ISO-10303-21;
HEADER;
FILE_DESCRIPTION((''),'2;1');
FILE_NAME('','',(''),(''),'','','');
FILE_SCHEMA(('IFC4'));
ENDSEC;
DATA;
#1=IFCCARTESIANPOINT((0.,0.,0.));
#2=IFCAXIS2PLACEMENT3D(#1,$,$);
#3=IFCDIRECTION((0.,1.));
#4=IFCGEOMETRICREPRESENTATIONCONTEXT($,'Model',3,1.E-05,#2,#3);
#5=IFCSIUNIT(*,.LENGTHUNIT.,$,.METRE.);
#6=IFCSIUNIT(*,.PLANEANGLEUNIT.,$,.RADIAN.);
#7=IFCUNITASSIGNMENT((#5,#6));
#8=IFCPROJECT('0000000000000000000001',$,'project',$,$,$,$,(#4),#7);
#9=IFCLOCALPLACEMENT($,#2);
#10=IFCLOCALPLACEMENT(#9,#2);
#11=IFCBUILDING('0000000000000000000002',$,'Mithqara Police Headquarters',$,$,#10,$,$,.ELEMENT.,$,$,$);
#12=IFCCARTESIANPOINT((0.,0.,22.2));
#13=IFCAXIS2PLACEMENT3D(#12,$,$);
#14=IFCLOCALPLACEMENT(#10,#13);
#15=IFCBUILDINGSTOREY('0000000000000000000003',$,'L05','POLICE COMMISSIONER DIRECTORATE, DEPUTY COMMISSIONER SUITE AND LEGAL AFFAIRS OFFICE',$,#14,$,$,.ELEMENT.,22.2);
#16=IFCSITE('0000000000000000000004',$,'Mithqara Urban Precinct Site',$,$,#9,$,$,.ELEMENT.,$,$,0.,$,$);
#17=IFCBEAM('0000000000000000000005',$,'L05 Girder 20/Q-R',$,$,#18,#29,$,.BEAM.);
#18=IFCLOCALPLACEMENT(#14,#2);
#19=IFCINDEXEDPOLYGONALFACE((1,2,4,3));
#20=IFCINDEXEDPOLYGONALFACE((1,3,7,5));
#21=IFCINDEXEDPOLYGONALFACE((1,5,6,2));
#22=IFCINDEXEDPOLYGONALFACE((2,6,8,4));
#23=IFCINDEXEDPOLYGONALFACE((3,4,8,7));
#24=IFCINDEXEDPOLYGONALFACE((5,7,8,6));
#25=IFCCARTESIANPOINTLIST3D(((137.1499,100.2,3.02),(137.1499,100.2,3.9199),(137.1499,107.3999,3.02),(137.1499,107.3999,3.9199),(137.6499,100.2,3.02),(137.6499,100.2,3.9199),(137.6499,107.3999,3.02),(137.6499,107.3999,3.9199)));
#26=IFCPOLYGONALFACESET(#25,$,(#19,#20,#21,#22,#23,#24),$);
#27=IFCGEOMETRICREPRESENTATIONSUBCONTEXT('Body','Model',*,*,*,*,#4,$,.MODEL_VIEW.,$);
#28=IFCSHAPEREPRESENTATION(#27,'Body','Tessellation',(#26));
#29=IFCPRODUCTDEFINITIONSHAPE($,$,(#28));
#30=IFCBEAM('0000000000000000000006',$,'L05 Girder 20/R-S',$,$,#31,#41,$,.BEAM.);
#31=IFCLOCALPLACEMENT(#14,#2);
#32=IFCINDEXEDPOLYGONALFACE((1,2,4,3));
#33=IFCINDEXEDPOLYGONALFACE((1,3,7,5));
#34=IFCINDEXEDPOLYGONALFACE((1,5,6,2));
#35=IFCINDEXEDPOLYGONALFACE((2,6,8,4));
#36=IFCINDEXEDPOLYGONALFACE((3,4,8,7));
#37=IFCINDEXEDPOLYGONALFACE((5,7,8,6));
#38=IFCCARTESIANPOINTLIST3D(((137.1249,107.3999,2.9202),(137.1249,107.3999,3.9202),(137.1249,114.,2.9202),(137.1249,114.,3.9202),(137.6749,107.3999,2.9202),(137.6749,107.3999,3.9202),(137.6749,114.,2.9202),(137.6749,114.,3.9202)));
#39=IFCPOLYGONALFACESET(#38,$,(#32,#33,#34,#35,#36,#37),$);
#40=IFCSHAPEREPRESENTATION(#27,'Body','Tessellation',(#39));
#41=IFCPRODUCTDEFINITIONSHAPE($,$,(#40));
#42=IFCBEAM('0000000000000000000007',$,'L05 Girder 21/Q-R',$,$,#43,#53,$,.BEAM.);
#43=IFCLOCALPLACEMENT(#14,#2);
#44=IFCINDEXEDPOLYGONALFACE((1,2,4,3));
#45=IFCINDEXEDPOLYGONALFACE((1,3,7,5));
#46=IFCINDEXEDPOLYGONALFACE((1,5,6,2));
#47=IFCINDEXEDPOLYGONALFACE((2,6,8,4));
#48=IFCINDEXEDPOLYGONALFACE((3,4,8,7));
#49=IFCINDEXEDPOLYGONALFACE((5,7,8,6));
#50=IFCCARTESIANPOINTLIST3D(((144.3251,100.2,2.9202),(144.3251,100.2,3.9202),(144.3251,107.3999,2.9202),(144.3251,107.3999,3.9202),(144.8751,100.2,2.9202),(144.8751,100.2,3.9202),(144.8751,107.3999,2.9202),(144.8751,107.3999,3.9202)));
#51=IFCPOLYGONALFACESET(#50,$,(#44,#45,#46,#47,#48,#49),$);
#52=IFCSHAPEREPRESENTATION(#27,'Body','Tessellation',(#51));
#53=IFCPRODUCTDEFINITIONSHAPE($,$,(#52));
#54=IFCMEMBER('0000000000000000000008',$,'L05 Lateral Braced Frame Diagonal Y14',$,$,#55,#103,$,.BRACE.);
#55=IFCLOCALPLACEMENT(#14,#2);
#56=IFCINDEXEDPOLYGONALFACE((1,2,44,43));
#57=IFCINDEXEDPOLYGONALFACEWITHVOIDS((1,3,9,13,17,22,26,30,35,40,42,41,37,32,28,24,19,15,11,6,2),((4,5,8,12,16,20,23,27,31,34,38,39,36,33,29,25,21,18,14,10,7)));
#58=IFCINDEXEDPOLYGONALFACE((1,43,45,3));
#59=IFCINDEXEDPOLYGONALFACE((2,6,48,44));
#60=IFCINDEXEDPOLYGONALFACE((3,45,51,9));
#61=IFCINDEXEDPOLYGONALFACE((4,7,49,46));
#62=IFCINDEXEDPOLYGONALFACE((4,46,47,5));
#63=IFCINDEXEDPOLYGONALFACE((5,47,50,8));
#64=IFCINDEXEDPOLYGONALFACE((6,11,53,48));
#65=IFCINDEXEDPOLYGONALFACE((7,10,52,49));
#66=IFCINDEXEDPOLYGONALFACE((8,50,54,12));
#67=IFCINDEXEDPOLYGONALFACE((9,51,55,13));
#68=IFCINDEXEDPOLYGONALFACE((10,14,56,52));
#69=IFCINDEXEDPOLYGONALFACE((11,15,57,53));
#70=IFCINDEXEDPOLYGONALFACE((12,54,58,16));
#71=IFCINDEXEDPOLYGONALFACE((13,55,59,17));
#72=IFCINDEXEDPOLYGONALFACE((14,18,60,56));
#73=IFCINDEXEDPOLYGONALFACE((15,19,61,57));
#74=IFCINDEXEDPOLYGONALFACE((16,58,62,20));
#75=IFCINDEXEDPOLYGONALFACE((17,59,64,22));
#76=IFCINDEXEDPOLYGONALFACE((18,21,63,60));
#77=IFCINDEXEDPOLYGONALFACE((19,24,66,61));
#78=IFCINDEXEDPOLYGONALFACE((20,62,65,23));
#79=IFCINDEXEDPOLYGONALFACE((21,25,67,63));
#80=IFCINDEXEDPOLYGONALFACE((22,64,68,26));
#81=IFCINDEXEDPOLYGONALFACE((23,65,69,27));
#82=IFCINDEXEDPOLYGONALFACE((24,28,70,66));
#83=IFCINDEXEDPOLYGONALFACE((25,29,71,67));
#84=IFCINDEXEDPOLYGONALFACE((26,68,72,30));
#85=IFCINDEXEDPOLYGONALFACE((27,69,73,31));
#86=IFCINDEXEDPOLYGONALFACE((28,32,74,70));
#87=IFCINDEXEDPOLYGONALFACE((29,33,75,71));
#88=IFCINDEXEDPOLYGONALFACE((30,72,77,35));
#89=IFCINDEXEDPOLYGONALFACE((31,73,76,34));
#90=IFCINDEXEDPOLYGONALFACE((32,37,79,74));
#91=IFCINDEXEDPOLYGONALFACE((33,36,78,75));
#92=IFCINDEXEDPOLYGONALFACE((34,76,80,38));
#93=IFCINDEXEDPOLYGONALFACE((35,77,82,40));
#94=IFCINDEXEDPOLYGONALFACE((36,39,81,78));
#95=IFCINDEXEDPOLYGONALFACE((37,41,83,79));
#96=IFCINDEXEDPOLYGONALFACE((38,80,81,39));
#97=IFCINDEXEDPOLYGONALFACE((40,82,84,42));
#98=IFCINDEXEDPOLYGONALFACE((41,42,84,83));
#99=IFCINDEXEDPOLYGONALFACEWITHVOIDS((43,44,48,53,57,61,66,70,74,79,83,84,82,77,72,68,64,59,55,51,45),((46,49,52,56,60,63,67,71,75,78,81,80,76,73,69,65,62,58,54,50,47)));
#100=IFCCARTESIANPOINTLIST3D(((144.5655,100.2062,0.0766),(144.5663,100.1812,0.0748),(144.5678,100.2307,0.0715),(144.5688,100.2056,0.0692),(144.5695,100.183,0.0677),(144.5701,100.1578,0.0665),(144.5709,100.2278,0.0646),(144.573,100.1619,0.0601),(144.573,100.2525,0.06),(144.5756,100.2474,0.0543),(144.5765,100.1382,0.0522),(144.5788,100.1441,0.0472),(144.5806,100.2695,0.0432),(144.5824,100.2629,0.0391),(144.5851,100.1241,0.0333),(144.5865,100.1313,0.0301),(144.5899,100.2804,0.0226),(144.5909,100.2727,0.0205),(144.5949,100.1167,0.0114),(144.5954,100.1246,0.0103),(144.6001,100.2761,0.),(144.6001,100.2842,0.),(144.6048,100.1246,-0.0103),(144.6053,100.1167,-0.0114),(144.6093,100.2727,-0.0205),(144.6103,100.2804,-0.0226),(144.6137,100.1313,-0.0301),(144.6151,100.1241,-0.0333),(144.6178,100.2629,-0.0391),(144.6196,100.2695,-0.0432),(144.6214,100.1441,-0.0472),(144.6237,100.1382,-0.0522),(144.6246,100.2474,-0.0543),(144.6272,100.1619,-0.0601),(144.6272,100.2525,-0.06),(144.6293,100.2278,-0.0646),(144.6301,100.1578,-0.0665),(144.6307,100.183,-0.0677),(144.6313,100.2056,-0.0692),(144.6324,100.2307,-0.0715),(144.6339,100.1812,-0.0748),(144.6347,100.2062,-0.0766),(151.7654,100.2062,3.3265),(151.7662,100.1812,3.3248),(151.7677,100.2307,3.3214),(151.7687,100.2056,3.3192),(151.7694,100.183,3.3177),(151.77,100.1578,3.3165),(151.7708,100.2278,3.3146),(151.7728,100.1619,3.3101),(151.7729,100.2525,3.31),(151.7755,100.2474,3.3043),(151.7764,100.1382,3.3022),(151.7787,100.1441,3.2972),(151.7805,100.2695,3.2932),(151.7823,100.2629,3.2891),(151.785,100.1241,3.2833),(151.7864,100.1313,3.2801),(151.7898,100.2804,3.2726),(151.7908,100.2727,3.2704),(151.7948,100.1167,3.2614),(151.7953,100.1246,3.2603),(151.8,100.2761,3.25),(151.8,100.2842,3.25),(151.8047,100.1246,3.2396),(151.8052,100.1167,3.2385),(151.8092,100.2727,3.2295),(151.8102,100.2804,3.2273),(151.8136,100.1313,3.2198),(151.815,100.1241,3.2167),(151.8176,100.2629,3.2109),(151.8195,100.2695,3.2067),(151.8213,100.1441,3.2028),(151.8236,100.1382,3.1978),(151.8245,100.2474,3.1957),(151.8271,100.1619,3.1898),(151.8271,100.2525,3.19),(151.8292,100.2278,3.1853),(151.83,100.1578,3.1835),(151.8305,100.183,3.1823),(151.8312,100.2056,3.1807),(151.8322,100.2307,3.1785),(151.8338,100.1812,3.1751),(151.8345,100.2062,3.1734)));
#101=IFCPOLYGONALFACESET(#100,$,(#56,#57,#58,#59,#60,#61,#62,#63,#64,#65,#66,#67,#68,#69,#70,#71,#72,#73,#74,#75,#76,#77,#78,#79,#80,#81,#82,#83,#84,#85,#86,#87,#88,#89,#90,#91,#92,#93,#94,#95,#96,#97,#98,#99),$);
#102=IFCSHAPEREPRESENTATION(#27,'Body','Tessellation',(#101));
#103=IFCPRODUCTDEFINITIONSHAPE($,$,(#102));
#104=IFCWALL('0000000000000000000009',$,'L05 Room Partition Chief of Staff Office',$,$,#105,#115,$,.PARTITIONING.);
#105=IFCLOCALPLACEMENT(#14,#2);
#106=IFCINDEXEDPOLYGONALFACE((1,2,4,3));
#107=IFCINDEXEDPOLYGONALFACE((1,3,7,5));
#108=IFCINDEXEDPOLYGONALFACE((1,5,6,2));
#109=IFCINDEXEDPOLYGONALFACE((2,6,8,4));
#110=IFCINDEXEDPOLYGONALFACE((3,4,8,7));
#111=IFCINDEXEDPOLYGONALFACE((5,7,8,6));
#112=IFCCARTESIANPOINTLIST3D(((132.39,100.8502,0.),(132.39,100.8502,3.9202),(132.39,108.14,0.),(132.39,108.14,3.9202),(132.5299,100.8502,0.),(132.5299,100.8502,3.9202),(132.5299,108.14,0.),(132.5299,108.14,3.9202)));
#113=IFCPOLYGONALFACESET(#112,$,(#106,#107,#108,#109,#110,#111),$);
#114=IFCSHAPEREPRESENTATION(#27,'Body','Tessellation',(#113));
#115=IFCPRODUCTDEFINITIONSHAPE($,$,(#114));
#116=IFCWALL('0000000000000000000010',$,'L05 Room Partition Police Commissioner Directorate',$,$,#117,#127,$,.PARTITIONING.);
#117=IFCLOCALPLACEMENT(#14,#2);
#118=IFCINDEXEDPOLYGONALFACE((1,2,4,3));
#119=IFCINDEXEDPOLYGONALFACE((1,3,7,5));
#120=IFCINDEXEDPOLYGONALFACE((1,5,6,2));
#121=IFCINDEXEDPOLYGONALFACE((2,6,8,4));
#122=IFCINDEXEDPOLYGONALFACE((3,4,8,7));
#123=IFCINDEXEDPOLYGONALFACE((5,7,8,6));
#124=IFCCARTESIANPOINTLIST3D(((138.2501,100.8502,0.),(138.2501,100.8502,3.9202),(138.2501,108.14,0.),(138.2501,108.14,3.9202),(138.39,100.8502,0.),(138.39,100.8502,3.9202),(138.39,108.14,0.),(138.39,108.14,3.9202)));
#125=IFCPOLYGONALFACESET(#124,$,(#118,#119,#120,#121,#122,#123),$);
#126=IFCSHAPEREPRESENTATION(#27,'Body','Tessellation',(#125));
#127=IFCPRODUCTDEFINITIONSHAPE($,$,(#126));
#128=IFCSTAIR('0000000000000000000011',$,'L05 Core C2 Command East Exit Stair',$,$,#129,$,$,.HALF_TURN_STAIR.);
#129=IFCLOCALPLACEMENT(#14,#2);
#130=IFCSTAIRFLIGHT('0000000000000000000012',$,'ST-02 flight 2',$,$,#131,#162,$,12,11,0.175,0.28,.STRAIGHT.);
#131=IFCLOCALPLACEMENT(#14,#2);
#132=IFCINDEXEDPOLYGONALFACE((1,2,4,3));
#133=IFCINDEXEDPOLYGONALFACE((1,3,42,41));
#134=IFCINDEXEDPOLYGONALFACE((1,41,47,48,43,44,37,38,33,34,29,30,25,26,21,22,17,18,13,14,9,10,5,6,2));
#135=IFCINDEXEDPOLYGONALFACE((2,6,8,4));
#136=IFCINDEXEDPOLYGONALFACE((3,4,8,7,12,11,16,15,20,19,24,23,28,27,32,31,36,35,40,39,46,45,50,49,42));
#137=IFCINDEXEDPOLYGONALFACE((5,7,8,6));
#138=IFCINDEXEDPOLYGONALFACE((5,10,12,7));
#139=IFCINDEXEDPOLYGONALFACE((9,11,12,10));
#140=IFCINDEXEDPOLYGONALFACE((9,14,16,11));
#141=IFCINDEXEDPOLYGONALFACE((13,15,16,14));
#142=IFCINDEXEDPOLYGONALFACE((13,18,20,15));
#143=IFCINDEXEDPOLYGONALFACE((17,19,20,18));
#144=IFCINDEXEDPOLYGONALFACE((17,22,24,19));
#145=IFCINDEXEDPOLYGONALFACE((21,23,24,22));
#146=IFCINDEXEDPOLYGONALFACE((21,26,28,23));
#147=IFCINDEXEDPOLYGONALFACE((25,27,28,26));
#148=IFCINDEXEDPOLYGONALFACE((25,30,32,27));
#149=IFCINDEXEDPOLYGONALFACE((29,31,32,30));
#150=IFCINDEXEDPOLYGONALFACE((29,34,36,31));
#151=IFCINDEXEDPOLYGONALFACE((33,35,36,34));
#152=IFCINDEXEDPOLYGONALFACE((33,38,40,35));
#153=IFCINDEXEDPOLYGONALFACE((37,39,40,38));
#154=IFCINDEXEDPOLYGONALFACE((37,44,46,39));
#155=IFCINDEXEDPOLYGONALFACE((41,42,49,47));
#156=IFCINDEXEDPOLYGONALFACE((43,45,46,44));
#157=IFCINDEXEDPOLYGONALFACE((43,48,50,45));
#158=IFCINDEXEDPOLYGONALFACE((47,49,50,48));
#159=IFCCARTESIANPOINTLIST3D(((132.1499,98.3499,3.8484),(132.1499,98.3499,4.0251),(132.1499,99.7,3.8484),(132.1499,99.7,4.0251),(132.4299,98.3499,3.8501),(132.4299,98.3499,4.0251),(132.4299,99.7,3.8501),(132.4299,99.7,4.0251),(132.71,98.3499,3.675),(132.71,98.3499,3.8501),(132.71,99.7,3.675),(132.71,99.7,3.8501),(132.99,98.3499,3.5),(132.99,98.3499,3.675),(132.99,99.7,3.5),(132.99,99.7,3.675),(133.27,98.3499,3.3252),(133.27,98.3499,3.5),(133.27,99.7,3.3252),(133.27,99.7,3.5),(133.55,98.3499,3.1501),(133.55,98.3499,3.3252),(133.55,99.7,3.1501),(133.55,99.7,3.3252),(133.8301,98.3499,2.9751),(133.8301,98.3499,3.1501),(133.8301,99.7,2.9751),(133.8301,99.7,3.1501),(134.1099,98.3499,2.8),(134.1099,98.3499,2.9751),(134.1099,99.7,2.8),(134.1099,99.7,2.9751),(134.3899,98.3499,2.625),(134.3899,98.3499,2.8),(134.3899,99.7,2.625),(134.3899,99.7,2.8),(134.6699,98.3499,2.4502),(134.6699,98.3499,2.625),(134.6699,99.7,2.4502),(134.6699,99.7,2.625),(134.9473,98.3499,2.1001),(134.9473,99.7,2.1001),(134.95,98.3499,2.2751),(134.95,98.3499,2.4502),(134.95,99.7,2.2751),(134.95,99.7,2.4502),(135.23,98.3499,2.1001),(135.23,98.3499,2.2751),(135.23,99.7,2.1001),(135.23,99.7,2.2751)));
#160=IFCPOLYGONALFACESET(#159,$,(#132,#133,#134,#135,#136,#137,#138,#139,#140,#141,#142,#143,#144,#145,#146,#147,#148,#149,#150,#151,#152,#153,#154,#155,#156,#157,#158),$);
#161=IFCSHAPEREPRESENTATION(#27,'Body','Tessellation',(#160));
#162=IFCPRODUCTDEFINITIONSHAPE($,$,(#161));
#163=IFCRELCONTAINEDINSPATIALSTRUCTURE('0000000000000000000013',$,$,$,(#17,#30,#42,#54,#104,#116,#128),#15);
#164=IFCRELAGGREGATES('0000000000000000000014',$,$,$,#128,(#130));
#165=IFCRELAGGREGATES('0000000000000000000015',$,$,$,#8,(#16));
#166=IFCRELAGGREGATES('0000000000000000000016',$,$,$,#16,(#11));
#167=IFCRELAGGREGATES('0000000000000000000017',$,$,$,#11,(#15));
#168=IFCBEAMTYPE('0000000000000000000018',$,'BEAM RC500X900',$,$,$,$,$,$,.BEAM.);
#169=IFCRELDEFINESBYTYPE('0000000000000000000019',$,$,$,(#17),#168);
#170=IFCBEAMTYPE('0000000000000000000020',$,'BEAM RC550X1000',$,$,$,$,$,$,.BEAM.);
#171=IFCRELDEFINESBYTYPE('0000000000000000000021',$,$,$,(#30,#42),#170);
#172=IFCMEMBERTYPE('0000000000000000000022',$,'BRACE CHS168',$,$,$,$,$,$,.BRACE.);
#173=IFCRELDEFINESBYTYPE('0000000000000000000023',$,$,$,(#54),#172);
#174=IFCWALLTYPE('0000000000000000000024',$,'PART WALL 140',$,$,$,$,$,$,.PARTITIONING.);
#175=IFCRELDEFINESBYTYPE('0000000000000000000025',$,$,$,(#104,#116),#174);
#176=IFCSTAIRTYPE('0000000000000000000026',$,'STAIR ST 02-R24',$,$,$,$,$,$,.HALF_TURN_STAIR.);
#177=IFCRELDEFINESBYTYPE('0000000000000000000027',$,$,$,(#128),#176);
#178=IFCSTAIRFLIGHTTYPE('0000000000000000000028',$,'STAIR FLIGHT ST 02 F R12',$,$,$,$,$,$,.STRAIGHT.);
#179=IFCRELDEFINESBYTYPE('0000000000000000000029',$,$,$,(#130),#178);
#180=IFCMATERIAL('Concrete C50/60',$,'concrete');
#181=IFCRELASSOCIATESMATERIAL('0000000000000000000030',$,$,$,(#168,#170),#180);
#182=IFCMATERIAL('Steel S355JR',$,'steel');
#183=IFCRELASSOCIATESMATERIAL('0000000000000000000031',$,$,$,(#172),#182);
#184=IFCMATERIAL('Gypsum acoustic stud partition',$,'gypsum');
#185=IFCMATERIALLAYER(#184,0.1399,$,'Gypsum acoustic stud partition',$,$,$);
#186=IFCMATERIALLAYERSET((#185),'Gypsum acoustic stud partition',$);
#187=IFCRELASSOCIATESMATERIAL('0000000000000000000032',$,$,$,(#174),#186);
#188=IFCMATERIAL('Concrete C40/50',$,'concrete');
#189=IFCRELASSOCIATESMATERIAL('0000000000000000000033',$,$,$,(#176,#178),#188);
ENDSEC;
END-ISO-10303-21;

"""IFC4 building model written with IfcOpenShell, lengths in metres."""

from ifc_helpers import new_model, si_unit, direction, frame, frame_2d, origin, origin_2d, place, context, subcontext, project, spatial, polyline, rectangle, hollow_circle, outline, extrude, material, layer, layer_set, material_profile, profile_set, type_object, element, aggregate, save


model = new_model("IFC4")

# Units and contexts
model_context = context("Model", 3, precision=1e-05, world=origin(), true_north=direction((0.0, 1.0)))
body_context = subcontext(model_context, "Body", "Model", "MODEL_VIEW")
ifc_project = project(units=[si_unit("LENGTHUNIT", "METRE"), si_unit("PLANEANGLEUNIT", "RADIAN")], contexts=[model_context])

# Site, building, storey
site_placement = place(None, origin())
site = spatial("IfcSite", under=ifc_project, at=site_placement, Name="Mithqara Urban Precinct Site", CompositionType="ELEMENT", RefElevation=0.0)
building_placement = place(site_placement, origin())
building = spatial("IfcBuilding", under=site, at=building_placement, Name="Mithqara Police Headquarters", CompositionType="ELEMENT")
storey_placement = place(building_placement, frame((0.0, 0.0, 22.2)))
storey = spatial("IfcBuildingStorey", under=building, at=storey_placement, Name="L05", Description="POLICE COMMISSIONER DIRECTORATE, DEPUTY COMMISSIONER SUITE AND LEGAL AFFAIRS OFFICE", CompositionType="ELEMENT", Elevation=22.2)

# Shared definitions
ifc_material_1 = material(Name="Concrete C50/60", Category="concrete")

# Beams
ifc_material_2 = material(Name="Steel S355JR", Category="steel")
ifc_material_3 = material(Name="Concrete C40/50", Category="concrete")
ifc_material_profile_1 = material_profile(ifc_material_1, rectangle(XDim=0.5, YDim=0.8999, at=origin_2d()), Name="RC 500x900")
ifc_profile_set_1 = profile_set([ifc_material_profile_1], Name="Concrete C50/60")
beam_type_1 = type_object("IfcBeamType", Name="BEAM RC500X900", PredefinedType="BEAM", material=ifc_profile_set_1)
beam_1_placement = place(storey_placement, frame((137.3999, 100.2, 3.47), z_axis=(0.0, 1.0, 0.0), x_axis=(-1.0, 0.0, 0.0)))
element("IfcBeam", 1, at=beam_1_placement, inside=storey, type_object=beam_type_1, Name="L05 Girder 20/Q-R", PredefinedType="BEAM", context=body_context, shape_type="SweptSolid", body=[
    extrude(rectangle(XDim=0.5, YDim=0.8999, at=origin_2d()), origin(), (0.0, 0.0, 1.0), 7.2),
])
ifc_material_profile_2 = material_profile(ifc_material_1, rectangle(XDim=0.55, YDim=1.0, at=origin_2d()), Name="RC 550x1000")
ifc_profile_set_2 = profile_set([ifc_material_profile_2], Name="Concrete C50/60")
beam_type_2 = type_object("IfcBeamType", Name="BEAM RC550X1000", PredefinedType="BEAM", material=ifc_profile_set_2)
beam_2_placement = place(storey_placement, frame((137.3999, 107.3999, 3.4202), z_axis=(0.0, 1.0, 0.0), x_axis=(-1.0, 0.0, 0.0)))
element("IfcBeam", 2, at=beam_2_placement, inside=storey, type_object=beam_type_2, Name="L05 Girder 20/R-S", PredefinedType="BEAM", context=body_context, shape_type="SweptSolid", body=[
    extrude(rectangle(XDim=0.55, YDim=1.0, at=origin_2d()), origin(), (0.0, 0.0, 1.0), 6.6001),
])
beam_3_placement = place(storey_placement, frame((144.6001, 100.2, 3.4202), z_axis=(0.0, 1.0, 0.0), x_axis=(-1.0, 0.0, 0.0)))
element("IfcBeam", 3, at=beam_3_placement, inside=storey, type_object=beam_type_2, Name="L05 Girder 21/Q-R", PredefinedType="BEAM", context=body_context, shape_type="SweptSolid", body=[
    extrude(rectangle(XDim=0.55, YDim=1.0, at=origin_2d()), origin(), (0.0, 0.0, 1.0), 7.2),
])

# Member
ifc_material_profile_3 = material_profile(ifc_material_2, hollow_circle(Radius=0.0842, WallThickness=0.0081, at=origin_2d()), Name="CHS 168.3x8.0")
ifc_profile_set_3 = profile_set([ifc_material_profile_3], Name="Steel S355JR")
member_type = type_object("IfcMemberType", Name="BRACE CHS168", PredefinedType="BRACE", material=ifc_profile_set_3)
member_placement = place(storey_placement, frame((144.6001, 100.2, 0.0), z_axis=(0.911446, 0.0, 0.411419), x_axis=(0.0, 1.0, 0.0)))
element("IfcMember", 4, at=member_placement, inside=storey, type_object=member_type, Name="L05 Lateral Braced Frame Diagonal Y14", PredefinedType="BRACE", context=body_context, shape_type="SweptSolid", body=[
    extrude(hollow_circle(Radius=0.0842, WallThickness=0.0081, at=origin_2d()), origin(), (0.0, 0.0, 1.0), 7.8994),
])

# Walls
ifc_material_4 = material(Name="Gypsum acoustic stud partition", Category="gypsum")
ifc_layer = layer(ifc_material_4, 0.1399, Name="Gypsum acoustic stud partition")
ifc_layer_set = layer_set([ifc_layer], Name="Gypsum acoustic stud partition")
wall_type = type_object("IfcWallType", Name="PART WALL 140", PredefinedType="PARTITIONING", material=ifc_layer_set)
for number, where, z_axis, x_axis, name in (
    (5, (132.46, 100.8501, 0.0), (0.0, 0.0, 1.0), (0.0, 1.0, 0.0), "L05 Room Partition Chief of Staff Office"),
    (6, (138.3201, 100.8501, 0.0), (0.0, 0.0, 1.0), (0.0, 1.0, 0.0), "L05 Room Partition Police Commissioner Directorate"),
):
    element("IfcWall", number, at=place(storey_placement, frame(where, z_axis=z_axis, x_axis=x_axis)), inside=storey, type_object=wall_type, Name=name, PredefinedType="PARTITIONING", context=body_context, shape_type="SweptSolid", body=[
        extrude(rectangle(XDim=7.2898, YDim=0.1399, at=frame_2d((3.645, 0.0))), origin(), (0.0, 0.0, 1.0), 3.9202),
    ])

# Stair, stair flight
stair_type = type_object("IfcStairType", Name="STAIR ST 02-R24", PredefinedType="HALF_TURN_STAIR", material=ifc_material_3)
stair_placement = place(storey_placement, origin())
stair = element("IfcStair", 7, at=stair_placement, inside=storey, type_object=stair_type, Name="L05 Core C2 Command East Exit Stair", PredefinedType="HALF_TURN_STAIR")
stair_flight_type = type_object("IfcStairFlightType", Name="STAIR FLIGHT ST 02 F R12", PredefinedType="STRAIGHT", material=ifc_material_3)
stair_flight_placement = place(storey_placement, frame((135.23, 99.0249, 2.1001), z_axis=(0.0, 0.0, 1.0), x_axis=(-1.0, 0.0, 0.0)))
stair_flight = element("IfcStairFlight", 8, at=stair_flight_placement, type_object=stair_flight_type, Name="ST-02 flight 2", NumberOfRisers=12, NumberOfTreads=11, PredefinedType="STRAIGHT", RiserHeight=0.175, TreadLength=0.28, context=body_context, shape_type="SweptSolid", body=[
    extrude(outline(polyline([(0.0, 0.0), (0.0, 0.175), (0.28, 0.175), (0.28, 0.3501), (0.5601, 0.3501), (0.5601, 0.5249), (0.8401, 0.5249), (0.8401, 0.7), (1.1201, 0.7), (1.1201, 0.875), (1.3999, 0.875), (1.3999, 1.05), (1.6799, 1.05), (1.6799, 1.2251), (1.96, 1.2251), (1.96, 1.3999), (2.24, 1.3999), (2.24, 1.575), (2.52, 1.575), (2.52, 1.75), (2.8, 1.75), (2.8, 1.925), (3.0801, 1.925), (3.0801, 2.1001), (3.0801, 1.7483), (0.2827, 0.0), (0.0, 0.0)])), frame((0.0, 0.675, 0.0), z_axis=(0.0, -1.0, 0.0), x_axis=(1.0, 0.0, 0.0)), (0.0, 0.0, 1.0), 1.3501),
])
aggregate(stair, [stair_flight])

save(model, "model.ifc")
